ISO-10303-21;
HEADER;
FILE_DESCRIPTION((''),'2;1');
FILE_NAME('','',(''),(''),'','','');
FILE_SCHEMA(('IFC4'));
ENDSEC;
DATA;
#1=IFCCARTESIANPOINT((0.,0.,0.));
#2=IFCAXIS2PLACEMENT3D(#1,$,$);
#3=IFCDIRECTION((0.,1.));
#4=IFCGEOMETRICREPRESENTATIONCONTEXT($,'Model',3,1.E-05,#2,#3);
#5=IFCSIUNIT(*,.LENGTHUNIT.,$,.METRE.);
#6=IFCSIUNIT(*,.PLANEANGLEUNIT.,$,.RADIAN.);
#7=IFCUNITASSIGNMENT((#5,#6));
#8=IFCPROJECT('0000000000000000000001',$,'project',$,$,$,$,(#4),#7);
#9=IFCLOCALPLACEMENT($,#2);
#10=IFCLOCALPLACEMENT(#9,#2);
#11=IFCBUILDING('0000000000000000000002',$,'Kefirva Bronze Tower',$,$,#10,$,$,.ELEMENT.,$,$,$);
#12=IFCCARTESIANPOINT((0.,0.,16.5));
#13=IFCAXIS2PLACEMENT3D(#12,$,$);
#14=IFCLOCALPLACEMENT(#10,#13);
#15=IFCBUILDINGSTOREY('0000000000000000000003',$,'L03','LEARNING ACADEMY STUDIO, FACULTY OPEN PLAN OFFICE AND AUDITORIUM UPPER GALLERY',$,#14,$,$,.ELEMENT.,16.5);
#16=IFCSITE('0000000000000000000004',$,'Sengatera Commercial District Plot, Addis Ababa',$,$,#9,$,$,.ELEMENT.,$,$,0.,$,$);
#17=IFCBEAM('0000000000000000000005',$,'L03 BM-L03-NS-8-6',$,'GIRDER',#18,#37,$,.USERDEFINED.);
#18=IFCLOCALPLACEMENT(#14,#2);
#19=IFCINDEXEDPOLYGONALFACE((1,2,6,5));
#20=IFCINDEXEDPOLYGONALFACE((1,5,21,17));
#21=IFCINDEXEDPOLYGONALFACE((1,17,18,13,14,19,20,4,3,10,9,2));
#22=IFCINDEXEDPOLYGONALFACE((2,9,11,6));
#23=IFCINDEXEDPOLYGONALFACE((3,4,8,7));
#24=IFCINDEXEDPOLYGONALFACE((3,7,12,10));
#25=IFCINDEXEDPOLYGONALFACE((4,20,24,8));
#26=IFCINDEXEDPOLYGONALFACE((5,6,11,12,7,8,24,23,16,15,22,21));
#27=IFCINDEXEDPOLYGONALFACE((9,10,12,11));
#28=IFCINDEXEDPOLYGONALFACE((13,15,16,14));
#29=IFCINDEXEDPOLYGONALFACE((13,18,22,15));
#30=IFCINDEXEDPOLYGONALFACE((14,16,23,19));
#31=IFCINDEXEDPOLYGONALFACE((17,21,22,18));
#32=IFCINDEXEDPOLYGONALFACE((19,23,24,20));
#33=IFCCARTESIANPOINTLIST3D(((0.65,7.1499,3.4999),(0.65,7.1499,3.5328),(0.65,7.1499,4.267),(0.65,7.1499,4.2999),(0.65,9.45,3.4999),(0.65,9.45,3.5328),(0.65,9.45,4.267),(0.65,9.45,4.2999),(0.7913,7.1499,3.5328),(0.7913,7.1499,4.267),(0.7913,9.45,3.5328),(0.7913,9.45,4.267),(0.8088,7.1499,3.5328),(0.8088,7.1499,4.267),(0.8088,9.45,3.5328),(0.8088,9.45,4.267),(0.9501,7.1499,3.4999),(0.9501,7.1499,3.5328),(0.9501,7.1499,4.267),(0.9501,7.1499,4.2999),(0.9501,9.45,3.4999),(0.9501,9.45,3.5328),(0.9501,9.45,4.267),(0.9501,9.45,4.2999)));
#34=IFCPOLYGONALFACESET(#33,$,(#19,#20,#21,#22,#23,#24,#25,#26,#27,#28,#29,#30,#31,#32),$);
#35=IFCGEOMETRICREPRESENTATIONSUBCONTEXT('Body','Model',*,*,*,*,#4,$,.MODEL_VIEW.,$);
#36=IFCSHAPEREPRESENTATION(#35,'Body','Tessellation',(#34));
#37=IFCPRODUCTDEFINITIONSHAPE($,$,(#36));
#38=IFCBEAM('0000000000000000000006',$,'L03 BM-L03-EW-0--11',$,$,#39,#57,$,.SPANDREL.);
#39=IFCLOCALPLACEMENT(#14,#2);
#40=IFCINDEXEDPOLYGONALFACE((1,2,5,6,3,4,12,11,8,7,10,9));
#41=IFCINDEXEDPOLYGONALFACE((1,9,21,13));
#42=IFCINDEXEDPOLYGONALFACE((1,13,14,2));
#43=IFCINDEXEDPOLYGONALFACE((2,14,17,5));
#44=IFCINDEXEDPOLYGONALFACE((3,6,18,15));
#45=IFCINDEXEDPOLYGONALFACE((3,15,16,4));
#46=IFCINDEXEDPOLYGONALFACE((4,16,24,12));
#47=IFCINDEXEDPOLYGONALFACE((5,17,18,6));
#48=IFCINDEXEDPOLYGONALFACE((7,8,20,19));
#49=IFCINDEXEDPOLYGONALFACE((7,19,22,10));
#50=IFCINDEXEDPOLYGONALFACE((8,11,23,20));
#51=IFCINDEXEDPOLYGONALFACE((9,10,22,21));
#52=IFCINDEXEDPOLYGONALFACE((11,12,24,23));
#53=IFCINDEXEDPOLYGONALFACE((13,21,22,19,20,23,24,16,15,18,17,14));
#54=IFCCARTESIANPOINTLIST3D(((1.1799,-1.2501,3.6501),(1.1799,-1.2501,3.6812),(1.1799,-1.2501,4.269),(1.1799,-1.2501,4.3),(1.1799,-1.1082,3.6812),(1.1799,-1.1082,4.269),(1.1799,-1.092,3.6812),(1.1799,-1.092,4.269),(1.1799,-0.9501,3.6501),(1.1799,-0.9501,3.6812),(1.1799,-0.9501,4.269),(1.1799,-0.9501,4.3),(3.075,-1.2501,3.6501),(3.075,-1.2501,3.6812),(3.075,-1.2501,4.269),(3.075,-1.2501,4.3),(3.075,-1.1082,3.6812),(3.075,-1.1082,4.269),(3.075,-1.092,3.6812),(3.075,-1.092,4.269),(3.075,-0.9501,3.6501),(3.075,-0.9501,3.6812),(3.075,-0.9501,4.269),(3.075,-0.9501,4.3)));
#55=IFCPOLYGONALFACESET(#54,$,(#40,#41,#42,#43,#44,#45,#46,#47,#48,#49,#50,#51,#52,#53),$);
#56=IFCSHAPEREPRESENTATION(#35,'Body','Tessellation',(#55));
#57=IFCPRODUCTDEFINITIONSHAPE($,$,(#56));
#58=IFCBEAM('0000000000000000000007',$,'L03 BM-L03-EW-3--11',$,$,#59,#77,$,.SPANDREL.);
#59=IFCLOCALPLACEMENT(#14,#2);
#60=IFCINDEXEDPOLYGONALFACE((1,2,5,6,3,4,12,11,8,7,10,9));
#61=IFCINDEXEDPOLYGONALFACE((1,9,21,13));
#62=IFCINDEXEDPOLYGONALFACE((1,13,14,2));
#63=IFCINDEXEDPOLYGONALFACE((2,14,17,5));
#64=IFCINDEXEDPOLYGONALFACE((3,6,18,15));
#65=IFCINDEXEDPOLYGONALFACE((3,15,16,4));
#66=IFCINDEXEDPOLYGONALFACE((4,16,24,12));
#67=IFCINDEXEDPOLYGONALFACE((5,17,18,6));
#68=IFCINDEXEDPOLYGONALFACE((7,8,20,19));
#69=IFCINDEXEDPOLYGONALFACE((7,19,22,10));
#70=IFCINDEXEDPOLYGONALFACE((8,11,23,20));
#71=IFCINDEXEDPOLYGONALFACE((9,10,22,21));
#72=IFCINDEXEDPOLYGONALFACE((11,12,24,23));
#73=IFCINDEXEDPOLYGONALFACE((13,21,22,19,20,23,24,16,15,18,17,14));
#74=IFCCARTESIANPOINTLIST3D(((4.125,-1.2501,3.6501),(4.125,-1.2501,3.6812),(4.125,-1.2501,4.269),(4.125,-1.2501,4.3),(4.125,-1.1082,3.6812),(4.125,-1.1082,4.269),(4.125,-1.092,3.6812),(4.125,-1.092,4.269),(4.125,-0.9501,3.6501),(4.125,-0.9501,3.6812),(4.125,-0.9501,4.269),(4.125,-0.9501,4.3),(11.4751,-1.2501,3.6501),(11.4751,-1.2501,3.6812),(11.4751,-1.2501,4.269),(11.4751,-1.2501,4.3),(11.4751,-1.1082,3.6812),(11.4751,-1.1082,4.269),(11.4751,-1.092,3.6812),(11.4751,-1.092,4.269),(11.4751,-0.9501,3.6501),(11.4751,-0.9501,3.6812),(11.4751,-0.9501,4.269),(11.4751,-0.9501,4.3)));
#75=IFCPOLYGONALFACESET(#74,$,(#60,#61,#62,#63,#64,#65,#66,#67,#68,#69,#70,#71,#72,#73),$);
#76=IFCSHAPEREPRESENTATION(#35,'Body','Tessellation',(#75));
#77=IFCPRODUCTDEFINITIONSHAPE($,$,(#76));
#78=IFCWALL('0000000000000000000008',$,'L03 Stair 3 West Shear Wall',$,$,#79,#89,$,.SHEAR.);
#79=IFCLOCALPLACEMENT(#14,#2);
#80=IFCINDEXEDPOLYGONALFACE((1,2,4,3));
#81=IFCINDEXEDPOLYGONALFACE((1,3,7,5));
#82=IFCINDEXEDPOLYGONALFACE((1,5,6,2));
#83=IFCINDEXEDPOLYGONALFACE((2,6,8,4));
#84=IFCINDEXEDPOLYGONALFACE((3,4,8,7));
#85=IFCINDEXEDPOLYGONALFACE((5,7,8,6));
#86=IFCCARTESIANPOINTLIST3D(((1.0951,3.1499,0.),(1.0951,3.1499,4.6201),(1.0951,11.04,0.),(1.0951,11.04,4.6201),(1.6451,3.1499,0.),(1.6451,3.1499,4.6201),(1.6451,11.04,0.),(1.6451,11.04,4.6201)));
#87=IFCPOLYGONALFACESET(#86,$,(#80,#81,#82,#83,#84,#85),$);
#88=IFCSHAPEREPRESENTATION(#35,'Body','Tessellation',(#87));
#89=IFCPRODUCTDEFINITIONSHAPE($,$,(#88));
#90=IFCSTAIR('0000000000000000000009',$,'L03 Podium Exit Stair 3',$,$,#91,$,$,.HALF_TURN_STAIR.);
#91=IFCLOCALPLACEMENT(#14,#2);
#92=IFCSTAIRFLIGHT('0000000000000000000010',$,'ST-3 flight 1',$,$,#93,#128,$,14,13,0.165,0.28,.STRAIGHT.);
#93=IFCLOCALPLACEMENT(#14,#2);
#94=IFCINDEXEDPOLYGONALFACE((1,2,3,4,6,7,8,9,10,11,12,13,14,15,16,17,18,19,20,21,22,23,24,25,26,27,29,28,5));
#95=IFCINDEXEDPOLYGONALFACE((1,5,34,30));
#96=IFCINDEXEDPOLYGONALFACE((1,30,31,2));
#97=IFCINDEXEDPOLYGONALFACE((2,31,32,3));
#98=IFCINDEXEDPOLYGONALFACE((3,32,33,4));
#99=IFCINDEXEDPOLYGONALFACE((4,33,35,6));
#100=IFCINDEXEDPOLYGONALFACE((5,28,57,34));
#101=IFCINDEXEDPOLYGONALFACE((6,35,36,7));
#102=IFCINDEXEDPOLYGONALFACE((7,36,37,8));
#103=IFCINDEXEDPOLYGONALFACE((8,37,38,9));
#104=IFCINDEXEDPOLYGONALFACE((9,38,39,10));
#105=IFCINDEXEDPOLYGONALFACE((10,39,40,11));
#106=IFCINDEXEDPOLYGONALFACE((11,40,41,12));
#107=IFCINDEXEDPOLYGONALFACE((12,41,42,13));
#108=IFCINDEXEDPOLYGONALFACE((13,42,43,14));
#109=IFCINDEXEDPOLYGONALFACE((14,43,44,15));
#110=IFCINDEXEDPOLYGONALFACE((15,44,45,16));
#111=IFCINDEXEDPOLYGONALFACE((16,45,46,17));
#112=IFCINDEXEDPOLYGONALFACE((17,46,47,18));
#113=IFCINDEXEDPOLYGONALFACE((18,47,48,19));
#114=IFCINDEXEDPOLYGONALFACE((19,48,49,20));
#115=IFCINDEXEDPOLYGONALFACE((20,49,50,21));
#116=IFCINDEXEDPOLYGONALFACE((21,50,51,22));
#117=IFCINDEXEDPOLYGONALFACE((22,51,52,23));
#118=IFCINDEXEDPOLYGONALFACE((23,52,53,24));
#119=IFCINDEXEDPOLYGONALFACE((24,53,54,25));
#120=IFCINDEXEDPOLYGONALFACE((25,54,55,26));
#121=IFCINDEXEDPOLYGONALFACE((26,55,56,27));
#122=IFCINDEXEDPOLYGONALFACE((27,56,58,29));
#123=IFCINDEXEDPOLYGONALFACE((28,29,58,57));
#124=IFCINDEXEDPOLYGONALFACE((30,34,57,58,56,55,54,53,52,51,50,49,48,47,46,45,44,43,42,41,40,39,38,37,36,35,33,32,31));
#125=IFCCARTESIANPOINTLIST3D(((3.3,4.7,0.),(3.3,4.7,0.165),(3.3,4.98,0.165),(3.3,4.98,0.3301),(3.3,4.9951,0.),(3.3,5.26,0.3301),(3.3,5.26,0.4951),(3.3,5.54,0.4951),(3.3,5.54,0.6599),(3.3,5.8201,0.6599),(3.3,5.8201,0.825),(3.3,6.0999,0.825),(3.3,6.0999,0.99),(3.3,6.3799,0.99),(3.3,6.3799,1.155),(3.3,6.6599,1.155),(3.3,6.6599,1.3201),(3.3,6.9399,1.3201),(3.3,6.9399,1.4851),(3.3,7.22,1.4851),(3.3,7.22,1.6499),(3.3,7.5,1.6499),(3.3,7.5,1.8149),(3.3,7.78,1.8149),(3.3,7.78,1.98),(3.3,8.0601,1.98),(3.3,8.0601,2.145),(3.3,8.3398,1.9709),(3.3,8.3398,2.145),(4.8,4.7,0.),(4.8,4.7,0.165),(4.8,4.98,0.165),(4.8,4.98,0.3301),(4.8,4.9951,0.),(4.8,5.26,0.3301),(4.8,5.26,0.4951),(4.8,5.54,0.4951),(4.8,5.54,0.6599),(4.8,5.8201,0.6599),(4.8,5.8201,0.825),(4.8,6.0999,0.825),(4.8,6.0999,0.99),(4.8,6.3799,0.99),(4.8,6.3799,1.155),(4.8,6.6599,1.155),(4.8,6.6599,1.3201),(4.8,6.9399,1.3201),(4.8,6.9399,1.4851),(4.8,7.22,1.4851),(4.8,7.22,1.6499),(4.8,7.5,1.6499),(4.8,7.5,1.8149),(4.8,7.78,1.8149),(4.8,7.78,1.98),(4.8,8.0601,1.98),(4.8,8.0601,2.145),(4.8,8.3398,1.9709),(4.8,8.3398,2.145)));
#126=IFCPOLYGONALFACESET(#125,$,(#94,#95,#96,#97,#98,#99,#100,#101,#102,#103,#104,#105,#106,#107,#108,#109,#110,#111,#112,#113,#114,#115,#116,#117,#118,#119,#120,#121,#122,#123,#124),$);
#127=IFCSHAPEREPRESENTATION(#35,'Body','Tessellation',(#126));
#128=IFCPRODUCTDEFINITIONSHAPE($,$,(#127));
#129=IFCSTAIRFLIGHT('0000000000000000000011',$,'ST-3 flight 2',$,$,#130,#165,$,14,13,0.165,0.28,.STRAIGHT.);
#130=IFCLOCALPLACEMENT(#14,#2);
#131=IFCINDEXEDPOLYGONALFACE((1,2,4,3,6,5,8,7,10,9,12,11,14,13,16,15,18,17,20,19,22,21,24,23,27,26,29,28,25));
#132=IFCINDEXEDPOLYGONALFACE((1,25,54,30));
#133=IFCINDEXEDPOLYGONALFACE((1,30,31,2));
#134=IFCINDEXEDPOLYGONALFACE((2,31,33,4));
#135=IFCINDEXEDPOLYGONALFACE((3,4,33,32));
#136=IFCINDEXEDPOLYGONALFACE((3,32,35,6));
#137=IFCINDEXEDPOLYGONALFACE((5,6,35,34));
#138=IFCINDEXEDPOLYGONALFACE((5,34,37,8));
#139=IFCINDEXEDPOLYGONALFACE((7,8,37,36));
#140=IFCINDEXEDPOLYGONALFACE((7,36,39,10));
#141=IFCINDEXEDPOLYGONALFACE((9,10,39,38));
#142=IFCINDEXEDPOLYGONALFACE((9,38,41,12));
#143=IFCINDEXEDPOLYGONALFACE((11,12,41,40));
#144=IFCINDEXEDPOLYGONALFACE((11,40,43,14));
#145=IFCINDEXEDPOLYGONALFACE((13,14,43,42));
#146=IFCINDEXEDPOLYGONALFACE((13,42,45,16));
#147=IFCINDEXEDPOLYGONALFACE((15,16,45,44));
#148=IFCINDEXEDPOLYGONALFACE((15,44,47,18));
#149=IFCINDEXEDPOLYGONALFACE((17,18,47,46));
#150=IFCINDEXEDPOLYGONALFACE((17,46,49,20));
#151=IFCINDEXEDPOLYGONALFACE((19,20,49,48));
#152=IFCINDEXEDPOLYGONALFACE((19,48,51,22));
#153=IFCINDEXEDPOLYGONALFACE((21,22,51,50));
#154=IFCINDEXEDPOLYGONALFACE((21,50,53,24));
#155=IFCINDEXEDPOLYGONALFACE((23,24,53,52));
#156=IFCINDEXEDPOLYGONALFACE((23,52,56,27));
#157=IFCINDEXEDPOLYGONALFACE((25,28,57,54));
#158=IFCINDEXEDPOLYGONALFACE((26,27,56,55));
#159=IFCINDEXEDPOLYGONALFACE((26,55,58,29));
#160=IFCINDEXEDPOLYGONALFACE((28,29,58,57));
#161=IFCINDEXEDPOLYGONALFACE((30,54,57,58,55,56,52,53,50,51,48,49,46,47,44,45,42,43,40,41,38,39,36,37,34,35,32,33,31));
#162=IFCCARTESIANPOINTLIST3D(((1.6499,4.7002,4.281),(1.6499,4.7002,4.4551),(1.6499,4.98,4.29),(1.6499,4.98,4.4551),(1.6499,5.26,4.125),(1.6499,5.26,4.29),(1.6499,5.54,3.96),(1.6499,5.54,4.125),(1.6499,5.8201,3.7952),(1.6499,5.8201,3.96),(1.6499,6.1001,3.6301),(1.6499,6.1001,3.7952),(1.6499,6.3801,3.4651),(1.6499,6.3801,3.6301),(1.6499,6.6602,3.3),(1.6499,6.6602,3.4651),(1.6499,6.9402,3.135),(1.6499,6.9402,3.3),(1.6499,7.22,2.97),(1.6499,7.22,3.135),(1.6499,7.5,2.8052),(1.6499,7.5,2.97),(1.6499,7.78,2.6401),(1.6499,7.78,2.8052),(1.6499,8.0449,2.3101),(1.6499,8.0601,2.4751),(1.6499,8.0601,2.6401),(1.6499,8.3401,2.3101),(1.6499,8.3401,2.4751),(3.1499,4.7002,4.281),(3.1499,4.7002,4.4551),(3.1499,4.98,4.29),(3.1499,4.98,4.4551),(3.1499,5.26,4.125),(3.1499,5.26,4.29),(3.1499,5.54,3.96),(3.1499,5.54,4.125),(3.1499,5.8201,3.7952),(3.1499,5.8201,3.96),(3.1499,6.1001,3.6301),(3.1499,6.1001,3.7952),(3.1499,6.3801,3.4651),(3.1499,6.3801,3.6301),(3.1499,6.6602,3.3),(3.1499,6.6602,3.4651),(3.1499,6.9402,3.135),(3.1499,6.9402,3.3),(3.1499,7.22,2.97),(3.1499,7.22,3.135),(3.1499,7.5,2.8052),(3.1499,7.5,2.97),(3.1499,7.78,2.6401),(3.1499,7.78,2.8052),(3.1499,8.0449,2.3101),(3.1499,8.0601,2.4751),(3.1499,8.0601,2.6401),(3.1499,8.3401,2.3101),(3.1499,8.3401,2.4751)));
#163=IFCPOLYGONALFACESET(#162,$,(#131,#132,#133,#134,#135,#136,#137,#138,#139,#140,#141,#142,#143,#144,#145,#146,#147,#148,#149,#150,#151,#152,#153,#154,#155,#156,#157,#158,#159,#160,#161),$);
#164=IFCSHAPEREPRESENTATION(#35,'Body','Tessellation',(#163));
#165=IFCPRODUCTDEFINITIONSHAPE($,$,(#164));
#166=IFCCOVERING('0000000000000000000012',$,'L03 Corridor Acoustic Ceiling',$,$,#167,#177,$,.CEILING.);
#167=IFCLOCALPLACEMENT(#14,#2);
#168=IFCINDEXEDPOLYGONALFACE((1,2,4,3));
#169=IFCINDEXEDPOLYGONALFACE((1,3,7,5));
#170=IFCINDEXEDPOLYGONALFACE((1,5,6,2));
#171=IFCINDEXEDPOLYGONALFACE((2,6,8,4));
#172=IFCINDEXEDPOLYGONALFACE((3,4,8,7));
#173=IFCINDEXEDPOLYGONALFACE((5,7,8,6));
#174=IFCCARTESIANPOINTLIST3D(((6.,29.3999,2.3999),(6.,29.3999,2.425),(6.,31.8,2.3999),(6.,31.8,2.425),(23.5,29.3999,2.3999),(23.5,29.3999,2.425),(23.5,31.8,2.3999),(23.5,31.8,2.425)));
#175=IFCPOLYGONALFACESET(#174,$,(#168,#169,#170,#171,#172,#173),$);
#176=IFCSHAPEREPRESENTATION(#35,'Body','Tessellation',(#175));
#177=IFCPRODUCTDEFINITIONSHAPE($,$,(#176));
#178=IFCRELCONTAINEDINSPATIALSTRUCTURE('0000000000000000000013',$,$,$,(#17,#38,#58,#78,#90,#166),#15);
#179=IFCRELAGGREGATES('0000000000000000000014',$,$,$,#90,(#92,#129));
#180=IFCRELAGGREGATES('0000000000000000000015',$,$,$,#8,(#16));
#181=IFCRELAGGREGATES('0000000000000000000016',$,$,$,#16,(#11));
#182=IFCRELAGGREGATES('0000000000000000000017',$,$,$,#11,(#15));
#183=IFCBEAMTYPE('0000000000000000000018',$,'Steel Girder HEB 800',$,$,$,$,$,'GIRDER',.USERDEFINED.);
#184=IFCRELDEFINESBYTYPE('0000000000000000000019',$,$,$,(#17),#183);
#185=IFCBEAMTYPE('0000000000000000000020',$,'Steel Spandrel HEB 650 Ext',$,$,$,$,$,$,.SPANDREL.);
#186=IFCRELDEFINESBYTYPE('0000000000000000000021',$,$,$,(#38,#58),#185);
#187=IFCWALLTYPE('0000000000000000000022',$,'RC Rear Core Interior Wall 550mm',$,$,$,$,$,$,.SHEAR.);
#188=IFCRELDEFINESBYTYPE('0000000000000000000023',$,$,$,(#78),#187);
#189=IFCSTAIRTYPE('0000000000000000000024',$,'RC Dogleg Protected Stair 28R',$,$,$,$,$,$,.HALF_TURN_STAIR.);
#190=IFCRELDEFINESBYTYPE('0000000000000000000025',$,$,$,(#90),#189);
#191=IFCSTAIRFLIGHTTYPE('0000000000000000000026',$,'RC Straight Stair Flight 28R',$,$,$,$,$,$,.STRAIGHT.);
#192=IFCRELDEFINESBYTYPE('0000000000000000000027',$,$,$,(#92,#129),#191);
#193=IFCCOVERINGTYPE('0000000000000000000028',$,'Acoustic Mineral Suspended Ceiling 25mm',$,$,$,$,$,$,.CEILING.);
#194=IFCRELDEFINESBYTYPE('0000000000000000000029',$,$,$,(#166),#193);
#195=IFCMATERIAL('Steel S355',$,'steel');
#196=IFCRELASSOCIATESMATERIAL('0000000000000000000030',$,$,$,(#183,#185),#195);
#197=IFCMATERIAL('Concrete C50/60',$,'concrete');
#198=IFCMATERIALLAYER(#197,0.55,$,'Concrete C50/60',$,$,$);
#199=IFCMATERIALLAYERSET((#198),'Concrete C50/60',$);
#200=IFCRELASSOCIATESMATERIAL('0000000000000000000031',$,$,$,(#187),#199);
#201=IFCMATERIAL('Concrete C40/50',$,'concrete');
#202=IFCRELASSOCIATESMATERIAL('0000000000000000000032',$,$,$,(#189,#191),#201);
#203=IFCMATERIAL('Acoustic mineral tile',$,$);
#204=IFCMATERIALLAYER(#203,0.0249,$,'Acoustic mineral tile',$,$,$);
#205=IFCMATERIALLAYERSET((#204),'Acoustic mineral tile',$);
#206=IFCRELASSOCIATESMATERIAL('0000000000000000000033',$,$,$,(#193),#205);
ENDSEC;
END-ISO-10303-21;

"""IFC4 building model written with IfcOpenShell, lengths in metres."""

from ifc_helpers import new_model, si_unit, direction, frame, frame_2d, origin, origin_2d, place, context, subcontext, project, spatial, polyline, rectangle, i_section, outline, extrude, material, layer, layer_set, material_profile, profile_set, type_object, element, aggregate, save


model = new_model("IFC4")

# Units and contexts
model_context = context("Model", 3, precision=1e-05, world=origin(), true_north=direction((0.0, 1.0)))
body_context = subcontext(model_context, "Body", "Model", "MODEL_VIEW")
ifc_project = project(units=[si_unit("LENGTHUNIT", "METRE"), si_unit("PLANEANGLEUNIT", "RADIAN")], contexts=[model_context])

# Site, building, storey
site_placement = place(None, origin())
site = spatial("IfcSite", under=ifc_project, at=site_placement, Name="Sengatera Commercial District Plot, Addis Ababa", CompositionType="ELEMENT", RefElevation=0.0)
building_placement = place(site_placement, origin())
building = spatial("IfcBuilding", under=site, at=building_placement, Name="Kefirva Bronze Tower", CompositionType="ELEMENT")
storey_placement = place(building_placement, frame((0.0, 0.0, 16.5)))
storey = spatial("IfcBuildingStorey", under=building, at=storey_placement, Name="L03", Description="LEARNING ACADEMY STUDIO, FACULTY OPEN PLAN OFFICE AND AUDITORIUM UPPER GALLERY", CompositionType="ELEMENT", Elevation=16.5)

# Beams
ifc_material_1 = material(Name="Concrete C50/60", Category="concrete")
ifc_material_2 = material(Name="Steel S355", Category="steel")
ifc_material_profile_1 = material_profile(ifc_material_2, i_section(OverallWidth=0.3, OverallDepth=0.8, WebThickness=0.0176, FlangeThickness=0.033, at=origin_2d()), Name="HEB 800")
ifc_profile_set_1 = profile_set([ifc_material_profile_1], Name="Steel S355")
beam_type_1 = type_object("IfcBeamType", Name="Steel Girder HEB 800", ElementType="GIRDER", PredefinedType="USERDEFINED", material=ifc_profile_set_1)
beam_1_placement = place(storey_placement, frame((0.8, 7.1499, 3.8999), z_axis=(0.0, 1.0, 0.0), x_axis=(-1.0, 0.0, 0.0)))
element("IfcBeam", 1, at=beam_1_placement, inside=storey, type_object=beam_type_1, Name="L03 BM-L03-NS-8-6", ObjectType="GIRDER", PredefinedType="USERDEFINED", context=body_context, shape_type="SweptSolid", body=[
    extrude(i_section(OverallWidth=0.3, OverallDepth=0.8, WebThickness=0.0176, FlangeThickness=0.033, at=origin_2d()), origin(), (0.0, 0.0, 1.0), 2.3),
])
ifc_material_profile_2 = material_profile(ifc_material_2, i_section(OverallWidth=0.3, OverallDepth=0.6499, WebThickness=0.0161, FlangeThickness=0.031, at=origin_2d()), Name="HEB 650")
ifc_profile_set_2 = profile_set([ifc_material_profile_2], Name="Steel S355")
beam_type_2 = type_object("IfcBeamType", Name="Steel Spandrel HEB 650 Ext", PredefinedType="SPANDREL", material=ifc_profile_set_2)
beam_2_placement = place(storey_placement, frame((1.1799, -1.1001, 3.9751), z_axis=(1.0, 0.0, 0.0), x_axis=(0.0, 1.0, 0.0)))
element("IfcBeam", 2, at=beam_2_placement, inside=storey, type_object=beam_type_2, Name="L03 BM-L03-EW-0--11", PredefinedType="SPANDREL", context=body_context, shape_type="SweptSolid", body=[
    extrude(i_section(OverallWidth=0.3, OverallDepth=0.6499, WebThickness=0.0161, FlangeThickness=0.031, at=origin_2d()), origin(), (0.0, 0.0, 1.0), 1.895),
])
beam_3_placement = place(storey_placement, frame((4.125, -1.1001, 3.9751), z_axis=(1.0, 0.0, 0.0), x_axis=(0.0, 1.0, 0.0)))
element("IfcBeam", 3, at=beam_3_placement, inside=storey, type_object=beam_type_2, Name="L03 BM-L03-EW-3--11", PredefinedType="SPANDREL", context=body_context, shape_type="SweptSolid", body=[
    extrude(i_section(OverallWidth=0.3, OverallDepth=0.6499, WebThickness=0.0161, FlangeThickness=0.031, at=origin_2d()), origin(), (0.0, 0.0, 1.0), 7.3501),
])

# Wall
ifc_layer_1 = layer(ifc_material_1, 0.55, Name="Concrete C50/60")
ifc_layer_set_1 = layer_set([ifc_layer_1], Name="Concrete C50/60")
wall_type_1 = type_object("IfcWallType", Name="RC Rear Core Interior Wall 550mm", PredefinedType="SHEAR", material=ifc_layer_set_1)
wall_1_placement = place(storey_placement, frame((1.3701, 3.1499, 0.0), z_axis=(0.0, 0.0, 1.0), x_axis=(0.0, 1.0, 0.0)))
element("IfcWall", 4, at=wall_1_placement, inside=storey, type_object=wall_type_1, Name="L03 Stair 3 West Shear Wall", PredefinedType="SHEAR", context=body_context, shape_type="SweptSolid", body=[
    extrude(rectangle(XDim=7.8901, YDim=0.55, at=frame_2d((3.9451, 0.0))), origin(), (0.0, 0.0, 1.0), 4.6201),
])

# Stair, stair flights
ifc_material_3 = material(Name="Concrete C40/50", Category="concrete")
stair_type = type_object("IfcStairType", Name="RC Dogleg Protected Stair 28R", PredefinedType="HALF_TURN_STAIR", material=ifc_material_3)
stair_placement = place(storey_placement, origin())
stair = element("IfcStair", 5, at=stair_placement, inside=storey, type_object=stair_type, Name="L03 Podium Exit Stair 3", PredefinedType="HALF_TURN_STAIR")
stair_flight_type = type_object("IfcStairFlightType", Name="RC Straight Stair Flight 28R", PredefinedType="STRAIGHT", material=ifc_material_3)
stair_flight_1_placement = place(storey_placement, frame((4.05, 4.7, 0.0), z_axis=(0.0, 0.0, 1.0), x_axis=(0.0, 1.0, 0.0)))
stair_flight_1 = element("IfcStairFlight", 6, at=stair_flight_1_placement, type_object=stair_flight_type, Name="ST-3 flight 1", NumberOfRisers=14, NumberOfTreads=13, PredefinedType="STRAIGHT", RiserHeight=0.165, TreadLength=0.28, context=body_context, shape_type="SweptSolid", body=[
    extrude(outline(polyline([(0.0, 0.0), (0.0, 0.165), (0.28, 0.165), (0.28, 0.3301), (0.5601, 0.3301), (0.5601, 0.4951), (0.8401, 0.4951), (0.8401, 0.6599), (1.1201, 0.6599), (1.1201, 0.825), (1.3999, 0.825), (1.3999, 0.99), (1.6799, 0.99), (1.6799, 1.155), (1.96, 1.155), (1.96, 1.3201), (2.24, 1.3201), (2.24, 1.4851), (2.52, 1.4851), (2.52, 1.6499), (2.8, 1.6499), (2.8, 1.8149), (3.0801, 1.8149), (3.0801, 1.98), (3.3601, 1.98), (3.3601, 2.145), (3.6399, 2.145), (3.6399, 2.3101), (3.6399, 1.9709), (0.2952, 0.0), (0.0, 0.0)])), frame((0.0, 0.75, 0.0), z_axis=(0.0, -1.0, 0.0), x_axis=(1.0, 0.0, 0.0)), (0.0, 0.0, 1.0), 1.5),
])
stair_flight_2_placement = place(storey_placement, frame((2.3999, 8.3401, 2.3101), z_axis=(0.0, 0.0, 1.0), x_axis=(0.0, -1.0, 0.0)))
stair_flight_2 = element("IfcStairFlight", 7, at=stair_flight_2_placement, type_object=stair_flight_type, Name="ST-3 flight 2", NumberOfRisers=14, NumberOfTreads=13, PredefinedType="STRAIGHT", RiserHeight=0.165, TreadLength=0.28, context=body_context, shape_type="SweptSolid", body=[
    extrude(outline(polyline([(0.0, 0.0), (0.0, 0.165), (0.28, 0.165), (0.28, 0.3301), (0.5601, 0.3301), (0.5601, 0.4951), (0.8401, 0.4951), (0.8401, 0.6599), (1.1201, 0.6599), (1.1201, 0.825), (1.3999, 0.825), (1.3999, 0.99), (1.6799, 0.99), (1.6799, 1.155), (1.96, 1.155), (1.96, 1.3201), (2.24, 1.3201), (2.24, 1.4851), (2.52, 1.4851), (2.52, 1.6499), (2.8, 1.6499), (2.8, 1.8149), (3.0801, 1.8149), (3.0801, 1.98), (3.3601, 1.98), (3.3601, 2.145), (3.6399, 2.145), (3.6399, 2.3101), (3.6399, 1.9709), (0.2952, 0.0), (0.0, 0.0)])), frame((0.0, 0.75, 0.0), z_axis=(0.0, -1.0, 0.0), x_axis=(1.0, 0.0, 0.0)), (0.0, 0.0, 1.0), 1.5),
])
aggregate(stair, [stair_flight_1, stair_flight_2])

# Covering
ifc_material_4 = material(Name="Acoustic mineral tile")
ifc_layer_2 = layer(ifc_material_4, 0.0249, Name="Acoustic mineral tile")
ifc_layer_set_2 = layer_set([ifc_layer_2], Name="Acoustic mineral tile")
covering_type_1 = type_object("IfcCoveringType", Name="Acoustic Mineral Suspended Ceiling 25mm", PredefinedType="CEILING", material=ifc_layer_set_2)
covering_1_placement = place(storey_placement, frame((0.0, 0.0, 2.3999)))
element("IfcCovering", 8, at=covering_1_placement, inside=storey, type_object=covering_type_1, Name="L03 Corridor Acoustic Ceiling", PredefinedType="CEILING", context=body_context, shape_type="SweptSolid", body=[
    extrude(outline(polyline([(6.0, 29.3999), (23.5, 29.3999), (23.5, 31.8), (6.0, 31.8), (6.0, 29.3999)])), origin(), (0.0, 0.0, 1.0), 0.0251),
])

save(model, "model.ifc")
